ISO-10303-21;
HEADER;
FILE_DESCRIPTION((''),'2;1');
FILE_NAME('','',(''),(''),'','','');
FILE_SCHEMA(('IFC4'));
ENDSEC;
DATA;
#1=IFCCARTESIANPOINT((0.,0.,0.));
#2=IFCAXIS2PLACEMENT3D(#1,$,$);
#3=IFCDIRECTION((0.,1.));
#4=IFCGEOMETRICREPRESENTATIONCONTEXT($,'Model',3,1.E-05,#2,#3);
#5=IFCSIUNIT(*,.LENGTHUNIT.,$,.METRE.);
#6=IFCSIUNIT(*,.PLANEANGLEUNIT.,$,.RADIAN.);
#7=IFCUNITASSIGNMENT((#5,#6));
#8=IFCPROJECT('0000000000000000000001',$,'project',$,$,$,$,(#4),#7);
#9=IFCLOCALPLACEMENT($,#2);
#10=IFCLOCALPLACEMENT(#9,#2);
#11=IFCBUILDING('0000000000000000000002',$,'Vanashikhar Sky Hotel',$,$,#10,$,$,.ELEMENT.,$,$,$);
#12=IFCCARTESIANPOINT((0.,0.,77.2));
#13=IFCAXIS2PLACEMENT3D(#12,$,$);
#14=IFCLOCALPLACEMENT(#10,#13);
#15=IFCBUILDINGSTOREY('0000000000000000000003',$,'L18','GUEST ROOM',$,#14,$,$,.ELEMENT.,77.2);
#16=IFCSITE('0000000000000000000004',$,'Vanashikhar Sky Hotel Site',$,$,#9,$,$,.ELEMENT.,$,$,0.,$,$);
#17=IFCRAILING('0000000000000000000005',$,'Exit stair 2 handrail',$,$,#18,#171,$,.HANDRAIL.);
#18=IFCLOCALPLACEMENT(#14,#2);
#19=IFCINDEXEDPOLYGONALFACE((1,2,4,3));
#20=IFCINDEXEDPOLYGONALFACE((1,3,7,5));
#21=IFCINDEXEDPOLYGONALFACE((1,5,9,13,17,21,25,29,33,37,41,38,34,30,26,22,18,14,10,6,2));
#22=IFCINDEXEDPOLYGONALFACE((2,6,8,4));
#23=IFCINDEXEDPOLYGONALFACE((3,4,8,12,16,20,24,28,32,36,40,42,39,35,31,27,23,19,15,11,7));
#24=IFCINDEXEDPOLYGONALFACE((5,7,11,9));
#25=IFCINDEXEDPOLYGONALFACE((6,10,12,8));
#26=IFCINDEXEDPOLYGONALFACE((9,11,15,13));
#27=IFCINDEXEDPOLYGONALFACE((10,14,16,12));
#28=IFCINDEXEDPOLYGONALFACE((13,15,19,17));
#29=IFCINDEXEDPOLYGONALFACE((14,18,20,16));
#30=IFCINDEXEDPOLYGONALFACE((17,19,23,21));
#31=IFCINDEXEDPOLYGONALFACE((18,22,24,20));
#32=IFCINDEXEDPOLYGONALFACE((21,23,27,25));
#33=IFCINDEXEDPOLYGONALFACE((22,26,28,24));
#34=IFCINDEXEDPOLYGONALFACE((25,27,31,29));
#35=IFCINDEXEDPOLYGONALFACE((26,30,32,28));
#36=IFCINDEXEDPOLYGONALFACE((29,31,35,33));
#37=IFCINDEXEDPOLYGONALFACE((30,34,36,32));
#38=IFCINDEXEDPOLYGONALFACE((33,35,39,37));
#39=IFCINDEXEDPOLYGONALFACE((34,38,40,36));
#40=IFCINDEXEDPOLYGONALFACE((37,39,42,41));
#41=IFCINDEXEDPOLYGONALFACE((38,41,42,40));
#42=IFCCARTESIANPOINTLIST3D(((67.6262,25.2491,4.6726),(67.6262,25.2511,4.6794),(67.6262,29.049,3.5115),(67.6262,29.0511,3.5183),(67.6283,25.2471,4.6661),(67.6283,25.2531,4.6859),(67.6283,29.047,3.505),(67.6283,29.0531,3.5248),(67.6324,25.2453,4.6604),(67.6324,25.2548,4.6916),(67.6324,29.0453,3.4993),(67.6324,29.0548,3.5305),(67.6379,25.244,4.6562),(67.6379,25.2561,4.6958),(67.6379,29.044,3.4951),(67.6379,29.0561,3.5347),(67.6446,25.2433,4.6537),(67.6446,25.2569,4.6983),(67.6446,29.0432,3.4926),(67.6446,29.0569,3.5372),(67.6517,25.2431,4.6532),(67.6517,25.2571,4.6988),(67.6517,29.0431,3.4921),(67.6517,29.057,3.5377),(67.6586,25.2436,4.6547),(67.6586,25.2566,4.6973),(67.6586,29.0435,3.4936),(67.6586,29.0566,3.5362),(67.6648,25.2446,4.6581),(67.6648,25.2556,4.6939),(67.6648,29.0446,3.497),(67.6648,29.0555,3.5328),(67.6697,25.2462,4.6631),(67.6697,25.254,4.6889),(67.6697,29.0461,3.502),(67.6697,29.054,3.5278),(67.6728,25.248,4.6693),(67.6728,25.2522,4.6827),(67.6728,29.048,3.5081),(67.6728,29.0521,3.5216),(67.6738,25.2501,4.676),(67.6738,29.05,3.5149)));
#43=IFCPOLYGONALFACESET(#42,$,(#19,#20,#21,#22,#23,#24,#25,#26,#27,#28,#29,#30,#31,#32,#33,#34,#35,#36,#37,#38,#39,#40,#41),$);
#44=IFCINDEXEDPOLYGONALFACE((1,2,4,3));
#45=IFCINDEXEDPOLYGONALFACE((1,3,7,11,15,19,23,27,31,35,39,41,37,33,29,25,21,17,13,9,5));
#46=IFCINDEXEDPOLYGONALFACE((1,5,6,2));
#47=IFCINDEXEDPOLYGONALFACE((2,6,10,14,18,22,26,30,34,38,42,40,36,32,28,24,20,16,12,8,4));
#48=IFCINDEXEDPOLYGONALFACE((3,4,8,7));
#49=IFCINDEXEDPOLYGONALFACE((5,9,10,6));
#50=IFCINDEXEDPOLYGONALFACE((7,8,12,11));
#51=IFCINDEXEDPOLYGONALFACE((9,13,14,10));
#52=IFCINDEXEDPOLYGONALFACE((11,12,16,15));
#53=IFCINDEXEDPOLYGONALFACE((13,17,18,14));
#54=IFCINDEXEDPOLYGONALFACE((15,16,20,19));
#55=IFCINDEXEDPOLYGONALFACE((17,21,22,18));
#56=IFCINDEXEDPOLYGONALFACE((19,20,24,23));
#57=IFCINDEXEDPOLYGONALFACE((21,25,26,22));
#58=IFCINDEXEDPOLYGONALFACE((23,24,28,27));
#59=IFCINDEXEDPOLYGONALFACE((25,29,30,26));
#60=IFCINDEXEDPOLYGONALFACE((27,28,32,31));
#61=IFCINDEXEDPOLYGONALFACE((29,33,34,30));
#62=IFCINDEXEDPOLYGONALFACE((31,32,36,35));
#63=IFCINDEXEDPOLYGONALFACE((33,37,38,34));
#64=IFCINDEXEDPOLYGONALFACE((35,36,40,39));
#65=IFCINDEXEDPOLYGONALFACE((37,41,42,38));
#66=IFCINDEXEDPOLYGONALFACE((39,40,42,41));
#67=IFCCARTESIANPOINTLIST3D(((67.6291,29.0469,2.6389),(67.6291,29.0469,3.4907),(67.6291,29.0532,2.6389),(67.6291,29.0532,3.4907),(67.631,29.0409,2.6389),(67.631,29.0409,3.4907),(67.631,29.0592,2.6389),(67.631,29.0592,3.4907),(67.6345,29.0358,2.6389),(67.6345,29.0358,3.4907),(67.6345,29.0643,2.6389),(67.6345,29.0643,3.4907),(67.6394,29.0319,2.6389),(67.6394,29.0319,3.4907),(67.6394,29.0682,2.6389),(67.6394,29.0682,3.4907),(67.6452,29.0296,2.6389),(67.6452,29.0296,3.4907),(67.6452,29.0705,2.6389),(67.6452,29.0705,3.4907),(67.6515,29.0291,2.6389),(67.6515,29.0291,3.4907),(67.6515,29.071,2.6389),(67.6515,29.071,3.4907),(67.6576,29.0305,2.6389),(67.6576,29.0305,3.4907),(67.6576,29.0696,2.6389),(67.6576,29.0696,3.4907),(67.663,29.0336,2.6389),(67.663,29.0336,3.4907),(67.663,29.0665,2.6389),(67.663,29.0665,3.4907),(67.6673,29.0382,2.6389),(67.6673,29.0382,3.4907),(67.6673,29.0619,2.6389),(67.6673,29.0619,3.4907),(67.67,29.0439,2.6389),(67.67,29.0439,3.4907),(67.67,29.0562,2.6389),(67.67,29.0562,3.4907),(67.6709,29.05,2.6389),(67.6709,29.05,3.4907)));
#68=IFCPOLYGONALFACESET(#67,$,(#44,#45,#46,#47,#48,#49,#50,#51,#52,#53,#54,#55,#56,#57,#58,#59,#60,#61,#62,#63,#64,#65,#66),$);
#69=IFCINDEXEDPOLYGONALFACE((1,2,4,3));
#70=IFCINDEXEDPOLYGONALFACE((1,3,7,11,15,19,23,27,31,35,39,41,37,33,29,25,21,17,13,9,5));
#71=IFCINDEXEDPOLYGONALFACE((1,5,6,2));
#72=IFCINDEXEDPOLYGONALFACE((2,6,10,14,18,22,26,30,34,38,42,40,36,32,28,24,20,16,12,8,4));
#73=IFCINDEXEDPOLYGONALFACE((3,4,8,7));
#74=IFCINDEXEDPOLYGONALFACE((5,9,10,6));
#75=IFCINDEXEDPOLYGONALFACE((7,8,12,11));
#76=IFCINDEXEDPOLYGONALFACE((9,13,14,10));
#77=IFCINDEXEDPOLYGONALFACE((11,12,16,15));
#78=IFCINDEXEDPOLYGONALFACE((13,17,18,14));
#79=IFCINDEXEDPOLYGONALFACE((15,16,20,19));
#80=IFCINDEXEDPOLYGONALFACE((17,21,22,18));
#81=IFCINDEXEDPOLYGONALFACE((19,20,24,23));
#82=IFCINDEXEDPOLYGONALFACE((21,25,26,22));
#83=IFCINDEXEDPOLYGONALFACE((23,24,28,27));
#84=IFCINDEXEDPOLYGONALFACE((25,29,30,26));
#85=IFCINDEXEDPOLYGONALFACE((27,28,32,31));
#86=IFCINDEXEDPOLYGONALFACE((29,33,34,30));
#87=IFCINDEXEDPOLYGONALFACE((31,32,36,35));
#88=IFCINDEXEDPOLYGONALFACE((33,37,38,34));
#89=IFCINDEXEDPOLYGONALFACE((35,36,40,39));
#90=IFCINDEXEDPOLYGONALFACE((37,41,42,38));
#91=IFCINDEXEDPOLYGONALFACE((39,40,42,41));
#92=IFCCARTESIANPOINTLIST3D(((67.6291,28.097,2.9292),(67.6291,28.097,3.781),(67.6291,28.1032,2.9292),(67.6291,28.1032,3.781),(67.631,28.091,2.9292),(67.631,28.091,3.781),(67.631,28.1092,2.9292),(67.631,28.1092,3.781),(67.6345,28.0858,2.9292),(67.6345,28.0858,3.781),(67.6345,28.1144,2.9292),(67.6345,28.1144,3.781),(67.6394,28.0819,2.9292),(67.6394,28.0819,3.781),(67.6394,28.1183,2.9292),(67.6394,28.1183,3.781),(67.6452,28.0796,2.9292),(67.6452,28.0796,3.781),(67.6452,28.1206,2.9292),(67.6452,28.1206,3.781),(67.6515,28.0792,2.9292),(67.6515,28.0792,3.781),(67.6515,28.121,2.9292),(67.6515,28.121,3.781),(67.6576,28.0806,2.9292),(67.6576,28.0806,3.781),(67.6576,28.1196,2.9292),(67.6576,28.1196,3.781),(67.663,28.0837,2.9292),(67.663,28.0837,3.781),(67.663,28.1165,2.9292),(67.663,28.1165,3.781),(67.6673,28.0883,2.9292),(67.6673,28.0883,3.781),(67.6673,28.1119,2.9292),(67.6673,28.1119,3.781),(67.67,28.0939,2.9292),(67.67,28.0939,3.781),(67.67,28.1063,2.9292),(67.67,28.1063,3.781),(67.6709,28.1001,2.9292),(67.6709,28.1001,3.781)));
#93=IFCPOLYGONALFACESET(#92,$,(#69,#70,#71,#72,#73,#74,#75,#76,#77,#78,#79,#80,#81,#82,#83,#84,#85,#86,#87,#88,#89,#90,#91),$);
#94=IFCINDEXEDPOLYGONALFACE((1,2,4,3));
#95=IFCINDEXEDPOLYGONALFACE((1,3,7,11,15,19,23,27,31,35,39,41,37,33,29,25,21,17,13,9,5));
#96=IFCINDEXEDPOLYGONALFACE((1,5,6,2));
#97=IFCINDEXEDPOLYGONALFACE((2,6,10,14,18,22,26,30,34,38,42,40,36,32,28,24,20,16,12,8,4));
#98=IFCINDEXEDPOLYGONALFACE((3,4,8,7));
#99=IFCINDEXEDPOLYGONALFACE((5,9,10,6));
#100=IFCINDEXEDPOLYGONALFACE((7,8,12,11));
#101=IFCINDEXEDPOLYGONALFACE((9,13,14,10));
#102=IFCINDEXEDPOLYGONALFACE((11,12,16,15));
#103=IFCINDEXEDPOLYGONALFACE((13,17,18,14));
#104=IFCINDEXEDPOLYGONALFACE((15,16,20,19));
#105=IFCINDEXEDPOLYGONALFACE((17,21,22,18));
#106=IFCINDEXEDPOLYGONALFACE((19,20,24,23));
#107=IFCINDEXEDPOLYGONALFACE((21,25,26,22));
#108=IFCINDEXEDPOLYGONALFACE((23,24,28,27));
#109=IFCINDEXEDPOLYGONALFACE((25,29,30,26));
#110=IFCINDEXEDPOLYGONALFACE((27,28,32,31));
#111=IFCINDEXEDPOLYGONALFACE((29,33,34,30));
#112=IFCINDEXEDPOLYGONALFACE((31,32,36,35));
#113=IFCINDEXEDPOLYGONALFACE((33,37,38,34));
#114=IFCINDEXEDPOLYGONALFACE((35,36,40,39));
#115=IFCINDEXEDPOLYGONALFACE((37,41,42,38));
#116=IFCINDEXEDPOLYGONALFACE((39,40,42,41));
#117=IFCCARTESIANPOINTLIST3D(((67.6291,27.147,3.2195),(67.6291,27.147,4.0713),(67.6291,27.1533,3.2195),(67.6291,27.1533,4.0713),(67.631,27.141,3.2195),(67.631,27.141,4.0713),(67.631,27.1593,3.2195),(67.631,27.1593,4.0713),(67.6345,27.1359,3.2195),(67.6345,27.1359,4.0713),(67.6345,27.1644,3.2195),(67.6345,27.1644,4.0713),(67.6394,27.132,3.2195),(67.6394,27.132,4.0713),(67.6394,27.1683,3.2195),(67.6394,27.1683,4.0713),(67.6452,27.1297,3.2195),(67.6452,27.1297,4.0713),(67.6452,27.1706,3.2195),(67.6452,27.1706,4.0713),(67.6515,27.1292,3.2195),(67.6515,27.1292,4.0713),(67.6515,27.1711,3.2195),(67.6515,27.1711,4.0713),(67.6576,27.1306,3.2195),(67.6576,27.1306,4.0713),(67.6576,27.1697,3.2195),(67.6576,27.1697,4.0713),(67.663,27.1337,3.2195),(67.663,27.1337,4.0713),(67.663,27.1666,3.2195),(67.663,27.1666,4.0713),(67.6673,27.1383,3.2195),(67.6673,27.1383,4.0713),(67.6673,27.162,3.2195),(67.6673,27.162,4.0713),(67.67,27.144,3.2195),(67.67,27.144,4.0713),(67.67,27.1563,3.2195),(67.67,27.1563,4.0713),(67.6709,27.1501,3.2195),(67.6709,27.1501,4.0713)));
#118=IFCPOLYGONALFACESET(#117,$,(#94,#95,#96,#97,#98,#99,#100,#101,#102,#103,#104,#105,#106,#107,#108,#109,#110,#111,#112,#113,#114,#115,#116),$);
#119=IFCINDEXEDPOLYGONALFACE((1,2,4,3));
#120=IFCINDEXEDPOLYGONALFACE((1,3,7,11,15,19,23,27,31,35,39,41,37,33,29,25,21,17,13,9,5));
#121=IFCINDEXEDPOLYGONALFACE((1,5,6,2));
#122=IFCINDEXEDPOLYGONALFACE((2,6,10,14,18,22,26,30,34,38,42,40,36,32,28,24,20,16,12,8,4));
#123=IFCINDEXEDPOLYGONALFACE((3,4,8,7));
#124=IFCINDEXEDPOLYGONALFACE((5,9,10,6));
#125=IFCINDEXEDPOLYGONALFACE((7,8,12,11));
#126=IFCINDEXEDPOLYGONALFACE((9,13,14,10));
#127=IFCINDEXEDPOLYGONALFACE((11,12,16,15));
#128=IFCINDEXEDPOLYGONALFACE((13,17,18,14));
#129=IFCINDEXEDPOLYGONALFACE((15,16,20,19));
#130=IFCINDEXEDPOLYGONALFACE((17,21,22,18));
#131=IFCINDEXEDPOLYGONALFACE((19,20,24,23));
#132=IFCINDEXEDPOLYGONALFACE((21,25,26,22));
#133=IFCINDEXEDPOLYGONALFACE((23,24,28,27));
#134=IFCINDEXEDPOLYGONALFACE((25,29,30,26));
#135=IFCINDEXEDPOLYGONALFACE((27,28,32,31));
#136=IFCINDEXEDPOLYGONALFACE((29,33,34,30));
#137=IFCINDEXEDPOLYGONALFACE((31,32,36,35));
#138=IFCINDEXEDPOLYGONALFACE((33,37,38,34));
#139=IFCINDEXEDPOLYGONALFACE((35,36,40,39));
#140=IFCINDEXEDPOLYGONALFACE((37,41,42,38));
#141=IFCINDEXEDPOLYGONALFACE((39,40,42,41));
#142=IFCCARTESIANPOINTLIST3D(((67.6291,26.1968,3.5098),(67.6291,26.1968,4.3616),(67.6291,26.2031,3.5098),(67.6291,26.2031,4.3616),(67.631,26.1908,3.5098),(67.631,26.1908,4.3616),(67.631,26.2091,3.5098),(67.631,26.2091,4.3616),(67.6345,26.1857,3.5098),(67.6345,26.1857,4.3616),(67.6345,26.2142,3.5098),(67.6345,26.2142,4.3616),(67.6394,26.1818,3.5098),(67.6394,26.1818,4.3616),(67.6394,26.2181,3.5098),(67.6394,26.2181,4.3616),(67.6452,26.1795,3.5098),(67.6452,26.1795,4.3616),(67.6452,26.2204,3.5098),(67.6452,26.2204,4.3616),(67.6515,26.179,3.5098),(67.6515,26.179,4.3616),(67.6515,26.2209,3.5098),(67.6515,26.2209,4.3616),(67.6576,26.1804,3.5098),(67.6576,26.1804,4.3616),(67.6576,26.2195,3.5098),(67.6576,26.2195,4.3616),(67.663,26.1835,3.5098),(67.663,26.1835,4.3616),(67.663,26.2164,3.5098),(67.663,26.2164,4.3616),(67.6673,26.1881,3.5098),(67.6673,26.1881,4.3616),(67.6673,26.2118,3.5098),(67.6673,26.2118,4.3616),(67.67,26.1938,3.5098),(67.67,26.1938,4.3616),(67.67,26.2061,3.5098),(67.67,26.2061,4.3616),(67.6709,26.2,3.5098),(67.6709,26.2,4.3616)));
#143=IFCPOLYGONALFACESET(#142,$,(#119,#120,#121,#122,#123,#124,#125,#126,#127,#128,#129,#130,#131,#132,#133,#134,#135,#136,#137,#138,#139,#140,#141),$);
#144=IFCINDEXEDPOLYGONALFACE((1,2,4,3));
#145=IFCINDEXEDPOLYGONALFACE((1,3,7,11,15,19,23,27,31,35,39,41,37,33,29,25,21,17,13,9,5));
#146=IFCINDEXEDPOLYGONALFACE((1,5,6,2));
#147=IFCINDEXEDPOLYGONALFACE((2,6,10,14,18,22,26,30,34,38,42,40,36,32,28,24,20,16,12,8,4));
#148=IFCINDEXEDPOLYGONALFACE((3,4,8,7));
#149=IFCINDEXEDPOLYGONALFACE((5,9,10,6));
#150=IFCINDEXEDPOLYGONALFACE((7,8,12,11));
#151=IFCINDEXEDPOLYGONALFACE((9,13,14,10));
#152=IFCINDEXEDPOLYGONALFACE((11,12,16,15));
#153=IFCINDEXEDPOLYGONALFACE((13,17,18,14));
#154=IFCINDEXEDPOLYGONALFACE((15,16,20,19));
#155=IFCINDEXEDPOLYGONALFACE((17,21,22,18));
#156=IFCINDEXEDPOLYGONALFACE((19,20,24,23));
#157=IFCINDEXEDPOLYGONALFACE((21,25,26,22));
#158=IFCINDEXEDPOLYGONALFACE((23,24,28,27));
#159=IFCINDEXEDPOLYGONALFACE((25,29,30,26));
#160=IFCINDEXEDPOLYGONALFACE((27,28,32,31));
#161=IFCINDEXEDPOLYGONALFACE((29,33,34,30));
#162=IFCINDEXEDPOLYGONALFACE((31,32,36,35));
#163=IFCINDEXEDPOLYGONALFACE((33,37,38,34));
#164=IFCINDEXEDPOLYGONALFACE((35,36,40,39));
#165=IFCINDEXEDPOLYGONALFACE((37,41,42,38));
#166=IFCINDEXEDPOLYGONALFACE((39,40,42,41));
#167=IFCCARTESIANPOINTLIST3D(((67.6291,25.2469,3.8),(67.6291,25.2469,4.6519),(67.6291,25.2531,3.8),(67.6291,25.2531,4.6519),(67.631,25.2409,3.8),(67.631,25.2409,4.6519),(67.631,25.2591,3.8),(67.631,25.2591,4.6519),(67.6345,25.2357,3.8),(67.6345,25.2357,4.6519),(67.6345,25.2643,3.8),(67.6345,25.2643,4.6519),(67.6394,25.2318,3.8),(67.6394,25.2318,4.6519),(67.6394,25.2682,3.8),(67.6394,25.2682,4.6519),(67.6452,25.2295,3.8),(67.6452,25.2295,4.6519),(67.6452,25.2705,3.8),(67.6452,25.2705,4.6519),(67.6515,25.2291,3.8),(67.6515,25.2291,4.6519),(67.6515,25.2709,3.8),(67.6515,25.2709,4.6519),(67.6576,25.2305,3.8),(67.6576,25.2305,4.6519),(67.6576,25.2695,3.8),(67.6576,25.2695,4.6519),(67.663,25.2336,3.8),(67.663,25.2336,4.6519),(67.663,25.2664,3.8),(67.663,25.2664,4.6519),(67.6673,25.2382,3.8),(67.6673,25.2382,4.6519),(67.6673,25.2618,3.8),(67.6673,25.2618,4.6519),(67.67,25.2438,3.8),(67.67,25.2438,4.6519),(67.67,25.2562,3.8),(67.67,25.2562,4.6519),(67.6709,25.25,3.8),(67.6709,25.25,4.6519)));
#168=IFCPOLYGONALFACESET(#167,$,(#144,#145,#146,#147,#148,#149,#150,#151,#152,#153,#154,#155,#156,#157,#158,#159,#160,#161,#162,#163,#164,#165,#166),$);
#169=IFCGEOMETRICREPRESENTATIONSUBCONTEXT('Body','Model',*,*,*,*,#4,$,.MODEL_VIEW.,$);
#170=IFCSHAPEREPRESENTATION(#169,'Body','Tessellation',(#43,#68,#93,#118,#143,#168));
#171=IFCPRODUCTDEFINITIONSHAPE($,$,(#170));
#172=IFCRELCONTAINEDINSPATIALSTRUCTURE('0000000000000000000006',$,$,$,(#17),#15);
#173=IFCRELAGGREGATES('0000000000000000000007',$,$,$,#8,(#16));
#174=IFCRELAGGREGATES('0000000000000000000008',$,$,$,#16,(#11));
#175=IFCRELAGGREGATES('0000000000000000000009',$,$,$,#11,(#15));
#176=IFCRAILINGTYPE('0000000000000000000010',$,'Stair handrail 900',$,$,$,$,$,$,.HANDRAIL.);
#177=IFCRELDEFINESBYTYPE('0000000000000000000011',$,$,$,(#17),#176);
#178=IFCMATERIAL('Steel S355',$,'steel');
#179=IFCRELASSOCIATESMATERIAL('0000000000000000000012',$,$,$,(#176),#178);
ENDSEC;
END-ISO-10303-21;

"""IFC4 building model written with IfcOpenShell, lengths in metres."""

from ifc_helpers import new_model, si_unit, direction, frame, origin, origin_2d, place, context, subcontext, project, spatial, circle, extrude, source, transform, mapped, material, type_object, element, save


model = new_model("IFC4")

# Units and contexts
model_context = context("Model", 3, precision=1e-05, world=origin(), true_north=direction((0.0, 1.0)))
body_context = subcontext(model_context, "Body", "Model", "MODEL_VIEW")
ifc_project = project(units=[si_unit("LENGTHUNIT", "METRE"), si_unit("PLANEANGLEUNIT", "RADIAN")], contexts=[model_context])

# Site, building, storey
site_placement = place(None, origin())
site = spatial("IfcSite", under=ifc_project, at=site_placement, Name="Vanashikhar Sky Hotel Site", CompositionType="ELEMENT", RefElevation=0.0)
building_placement = place(site_placement, origin())
building = spatial("IfcBuilding", under=site, at=building_placement, Name="Vanashikhar Sky Hotel", CompositionType="ELEMENT")
storey_placement = place(building_placement, frame((0.0, 0.0, 77.2)))
storey = spatial("IfcBuildingStorey", under=building, at=storey_placement, Name="L18", Description="GUEST ROOM", CompositionType="ELEMENT", Elevation=77.2)

# Railing
ifc_material_1 = material(Name="Steel S355", Category="steel")
railing_type_1 = type_object("IfcRailingType", Name="Stair handrail 900", PredefinedType="HANDRAIL", material=ifc_material_1)
shared_shape_1 = source(origin(), body_context, "Body", "SweptSolid", [
    extrude(circle(Radius=0.0239, at=origin_2d()), frame((0.0, 0.0, 0.876), z_axis=(0.0, -0.956351, 0.29222), x_axis=(1.0, 0.0, 0.0)), (0.0, 0.0, 1.0), 3.9734),
    extrude(circle(Radius=0.021, at=origin_2d()), origin(), (0.0, 0.0, 1.0), 0.8518),
    extrude(circle(Radius=0.021, at=origin_2d()), frame((0.0, -0.95, 0.2903)), (0.0, 0.0, 1.0), 0.8518),
    extrude(circle(Radius=0.021, at=origin_2d()), frame((0.0, -1.8999, 0.5806)), (0.0, 0.0, 1.0), 0.8518),
    extrude(circle(Radius=0.021, at=origin_2d()), frame((0.0, -2.8501, 0.8708)), (0.0, 0.0, 1.0), 0.8518),
    extrude(circle(Radius=0.021, at=origin_2d()), frame((0.0, -3.8, 1.1611)), (0.0, 0.0, 1.0), 0.8518),
])
for number, where, name in (
    (1, (67.6499, 29.05, 2.6389), "Exit stair 2 handrail"),
):
    element("IfcRailing", number, at=place(storey_placement, frame(where)), inside=storey, type_object=railing_type_1, Name=name, PredefinedType="HANDRAIL", context=body_context, shape_type="MappedRepresentation", body=[
        mapped(shared_shape_1, transform((0.0, 0.0, 0.0), scale=1.0)),
    ])

save(model, "model.ifc")
